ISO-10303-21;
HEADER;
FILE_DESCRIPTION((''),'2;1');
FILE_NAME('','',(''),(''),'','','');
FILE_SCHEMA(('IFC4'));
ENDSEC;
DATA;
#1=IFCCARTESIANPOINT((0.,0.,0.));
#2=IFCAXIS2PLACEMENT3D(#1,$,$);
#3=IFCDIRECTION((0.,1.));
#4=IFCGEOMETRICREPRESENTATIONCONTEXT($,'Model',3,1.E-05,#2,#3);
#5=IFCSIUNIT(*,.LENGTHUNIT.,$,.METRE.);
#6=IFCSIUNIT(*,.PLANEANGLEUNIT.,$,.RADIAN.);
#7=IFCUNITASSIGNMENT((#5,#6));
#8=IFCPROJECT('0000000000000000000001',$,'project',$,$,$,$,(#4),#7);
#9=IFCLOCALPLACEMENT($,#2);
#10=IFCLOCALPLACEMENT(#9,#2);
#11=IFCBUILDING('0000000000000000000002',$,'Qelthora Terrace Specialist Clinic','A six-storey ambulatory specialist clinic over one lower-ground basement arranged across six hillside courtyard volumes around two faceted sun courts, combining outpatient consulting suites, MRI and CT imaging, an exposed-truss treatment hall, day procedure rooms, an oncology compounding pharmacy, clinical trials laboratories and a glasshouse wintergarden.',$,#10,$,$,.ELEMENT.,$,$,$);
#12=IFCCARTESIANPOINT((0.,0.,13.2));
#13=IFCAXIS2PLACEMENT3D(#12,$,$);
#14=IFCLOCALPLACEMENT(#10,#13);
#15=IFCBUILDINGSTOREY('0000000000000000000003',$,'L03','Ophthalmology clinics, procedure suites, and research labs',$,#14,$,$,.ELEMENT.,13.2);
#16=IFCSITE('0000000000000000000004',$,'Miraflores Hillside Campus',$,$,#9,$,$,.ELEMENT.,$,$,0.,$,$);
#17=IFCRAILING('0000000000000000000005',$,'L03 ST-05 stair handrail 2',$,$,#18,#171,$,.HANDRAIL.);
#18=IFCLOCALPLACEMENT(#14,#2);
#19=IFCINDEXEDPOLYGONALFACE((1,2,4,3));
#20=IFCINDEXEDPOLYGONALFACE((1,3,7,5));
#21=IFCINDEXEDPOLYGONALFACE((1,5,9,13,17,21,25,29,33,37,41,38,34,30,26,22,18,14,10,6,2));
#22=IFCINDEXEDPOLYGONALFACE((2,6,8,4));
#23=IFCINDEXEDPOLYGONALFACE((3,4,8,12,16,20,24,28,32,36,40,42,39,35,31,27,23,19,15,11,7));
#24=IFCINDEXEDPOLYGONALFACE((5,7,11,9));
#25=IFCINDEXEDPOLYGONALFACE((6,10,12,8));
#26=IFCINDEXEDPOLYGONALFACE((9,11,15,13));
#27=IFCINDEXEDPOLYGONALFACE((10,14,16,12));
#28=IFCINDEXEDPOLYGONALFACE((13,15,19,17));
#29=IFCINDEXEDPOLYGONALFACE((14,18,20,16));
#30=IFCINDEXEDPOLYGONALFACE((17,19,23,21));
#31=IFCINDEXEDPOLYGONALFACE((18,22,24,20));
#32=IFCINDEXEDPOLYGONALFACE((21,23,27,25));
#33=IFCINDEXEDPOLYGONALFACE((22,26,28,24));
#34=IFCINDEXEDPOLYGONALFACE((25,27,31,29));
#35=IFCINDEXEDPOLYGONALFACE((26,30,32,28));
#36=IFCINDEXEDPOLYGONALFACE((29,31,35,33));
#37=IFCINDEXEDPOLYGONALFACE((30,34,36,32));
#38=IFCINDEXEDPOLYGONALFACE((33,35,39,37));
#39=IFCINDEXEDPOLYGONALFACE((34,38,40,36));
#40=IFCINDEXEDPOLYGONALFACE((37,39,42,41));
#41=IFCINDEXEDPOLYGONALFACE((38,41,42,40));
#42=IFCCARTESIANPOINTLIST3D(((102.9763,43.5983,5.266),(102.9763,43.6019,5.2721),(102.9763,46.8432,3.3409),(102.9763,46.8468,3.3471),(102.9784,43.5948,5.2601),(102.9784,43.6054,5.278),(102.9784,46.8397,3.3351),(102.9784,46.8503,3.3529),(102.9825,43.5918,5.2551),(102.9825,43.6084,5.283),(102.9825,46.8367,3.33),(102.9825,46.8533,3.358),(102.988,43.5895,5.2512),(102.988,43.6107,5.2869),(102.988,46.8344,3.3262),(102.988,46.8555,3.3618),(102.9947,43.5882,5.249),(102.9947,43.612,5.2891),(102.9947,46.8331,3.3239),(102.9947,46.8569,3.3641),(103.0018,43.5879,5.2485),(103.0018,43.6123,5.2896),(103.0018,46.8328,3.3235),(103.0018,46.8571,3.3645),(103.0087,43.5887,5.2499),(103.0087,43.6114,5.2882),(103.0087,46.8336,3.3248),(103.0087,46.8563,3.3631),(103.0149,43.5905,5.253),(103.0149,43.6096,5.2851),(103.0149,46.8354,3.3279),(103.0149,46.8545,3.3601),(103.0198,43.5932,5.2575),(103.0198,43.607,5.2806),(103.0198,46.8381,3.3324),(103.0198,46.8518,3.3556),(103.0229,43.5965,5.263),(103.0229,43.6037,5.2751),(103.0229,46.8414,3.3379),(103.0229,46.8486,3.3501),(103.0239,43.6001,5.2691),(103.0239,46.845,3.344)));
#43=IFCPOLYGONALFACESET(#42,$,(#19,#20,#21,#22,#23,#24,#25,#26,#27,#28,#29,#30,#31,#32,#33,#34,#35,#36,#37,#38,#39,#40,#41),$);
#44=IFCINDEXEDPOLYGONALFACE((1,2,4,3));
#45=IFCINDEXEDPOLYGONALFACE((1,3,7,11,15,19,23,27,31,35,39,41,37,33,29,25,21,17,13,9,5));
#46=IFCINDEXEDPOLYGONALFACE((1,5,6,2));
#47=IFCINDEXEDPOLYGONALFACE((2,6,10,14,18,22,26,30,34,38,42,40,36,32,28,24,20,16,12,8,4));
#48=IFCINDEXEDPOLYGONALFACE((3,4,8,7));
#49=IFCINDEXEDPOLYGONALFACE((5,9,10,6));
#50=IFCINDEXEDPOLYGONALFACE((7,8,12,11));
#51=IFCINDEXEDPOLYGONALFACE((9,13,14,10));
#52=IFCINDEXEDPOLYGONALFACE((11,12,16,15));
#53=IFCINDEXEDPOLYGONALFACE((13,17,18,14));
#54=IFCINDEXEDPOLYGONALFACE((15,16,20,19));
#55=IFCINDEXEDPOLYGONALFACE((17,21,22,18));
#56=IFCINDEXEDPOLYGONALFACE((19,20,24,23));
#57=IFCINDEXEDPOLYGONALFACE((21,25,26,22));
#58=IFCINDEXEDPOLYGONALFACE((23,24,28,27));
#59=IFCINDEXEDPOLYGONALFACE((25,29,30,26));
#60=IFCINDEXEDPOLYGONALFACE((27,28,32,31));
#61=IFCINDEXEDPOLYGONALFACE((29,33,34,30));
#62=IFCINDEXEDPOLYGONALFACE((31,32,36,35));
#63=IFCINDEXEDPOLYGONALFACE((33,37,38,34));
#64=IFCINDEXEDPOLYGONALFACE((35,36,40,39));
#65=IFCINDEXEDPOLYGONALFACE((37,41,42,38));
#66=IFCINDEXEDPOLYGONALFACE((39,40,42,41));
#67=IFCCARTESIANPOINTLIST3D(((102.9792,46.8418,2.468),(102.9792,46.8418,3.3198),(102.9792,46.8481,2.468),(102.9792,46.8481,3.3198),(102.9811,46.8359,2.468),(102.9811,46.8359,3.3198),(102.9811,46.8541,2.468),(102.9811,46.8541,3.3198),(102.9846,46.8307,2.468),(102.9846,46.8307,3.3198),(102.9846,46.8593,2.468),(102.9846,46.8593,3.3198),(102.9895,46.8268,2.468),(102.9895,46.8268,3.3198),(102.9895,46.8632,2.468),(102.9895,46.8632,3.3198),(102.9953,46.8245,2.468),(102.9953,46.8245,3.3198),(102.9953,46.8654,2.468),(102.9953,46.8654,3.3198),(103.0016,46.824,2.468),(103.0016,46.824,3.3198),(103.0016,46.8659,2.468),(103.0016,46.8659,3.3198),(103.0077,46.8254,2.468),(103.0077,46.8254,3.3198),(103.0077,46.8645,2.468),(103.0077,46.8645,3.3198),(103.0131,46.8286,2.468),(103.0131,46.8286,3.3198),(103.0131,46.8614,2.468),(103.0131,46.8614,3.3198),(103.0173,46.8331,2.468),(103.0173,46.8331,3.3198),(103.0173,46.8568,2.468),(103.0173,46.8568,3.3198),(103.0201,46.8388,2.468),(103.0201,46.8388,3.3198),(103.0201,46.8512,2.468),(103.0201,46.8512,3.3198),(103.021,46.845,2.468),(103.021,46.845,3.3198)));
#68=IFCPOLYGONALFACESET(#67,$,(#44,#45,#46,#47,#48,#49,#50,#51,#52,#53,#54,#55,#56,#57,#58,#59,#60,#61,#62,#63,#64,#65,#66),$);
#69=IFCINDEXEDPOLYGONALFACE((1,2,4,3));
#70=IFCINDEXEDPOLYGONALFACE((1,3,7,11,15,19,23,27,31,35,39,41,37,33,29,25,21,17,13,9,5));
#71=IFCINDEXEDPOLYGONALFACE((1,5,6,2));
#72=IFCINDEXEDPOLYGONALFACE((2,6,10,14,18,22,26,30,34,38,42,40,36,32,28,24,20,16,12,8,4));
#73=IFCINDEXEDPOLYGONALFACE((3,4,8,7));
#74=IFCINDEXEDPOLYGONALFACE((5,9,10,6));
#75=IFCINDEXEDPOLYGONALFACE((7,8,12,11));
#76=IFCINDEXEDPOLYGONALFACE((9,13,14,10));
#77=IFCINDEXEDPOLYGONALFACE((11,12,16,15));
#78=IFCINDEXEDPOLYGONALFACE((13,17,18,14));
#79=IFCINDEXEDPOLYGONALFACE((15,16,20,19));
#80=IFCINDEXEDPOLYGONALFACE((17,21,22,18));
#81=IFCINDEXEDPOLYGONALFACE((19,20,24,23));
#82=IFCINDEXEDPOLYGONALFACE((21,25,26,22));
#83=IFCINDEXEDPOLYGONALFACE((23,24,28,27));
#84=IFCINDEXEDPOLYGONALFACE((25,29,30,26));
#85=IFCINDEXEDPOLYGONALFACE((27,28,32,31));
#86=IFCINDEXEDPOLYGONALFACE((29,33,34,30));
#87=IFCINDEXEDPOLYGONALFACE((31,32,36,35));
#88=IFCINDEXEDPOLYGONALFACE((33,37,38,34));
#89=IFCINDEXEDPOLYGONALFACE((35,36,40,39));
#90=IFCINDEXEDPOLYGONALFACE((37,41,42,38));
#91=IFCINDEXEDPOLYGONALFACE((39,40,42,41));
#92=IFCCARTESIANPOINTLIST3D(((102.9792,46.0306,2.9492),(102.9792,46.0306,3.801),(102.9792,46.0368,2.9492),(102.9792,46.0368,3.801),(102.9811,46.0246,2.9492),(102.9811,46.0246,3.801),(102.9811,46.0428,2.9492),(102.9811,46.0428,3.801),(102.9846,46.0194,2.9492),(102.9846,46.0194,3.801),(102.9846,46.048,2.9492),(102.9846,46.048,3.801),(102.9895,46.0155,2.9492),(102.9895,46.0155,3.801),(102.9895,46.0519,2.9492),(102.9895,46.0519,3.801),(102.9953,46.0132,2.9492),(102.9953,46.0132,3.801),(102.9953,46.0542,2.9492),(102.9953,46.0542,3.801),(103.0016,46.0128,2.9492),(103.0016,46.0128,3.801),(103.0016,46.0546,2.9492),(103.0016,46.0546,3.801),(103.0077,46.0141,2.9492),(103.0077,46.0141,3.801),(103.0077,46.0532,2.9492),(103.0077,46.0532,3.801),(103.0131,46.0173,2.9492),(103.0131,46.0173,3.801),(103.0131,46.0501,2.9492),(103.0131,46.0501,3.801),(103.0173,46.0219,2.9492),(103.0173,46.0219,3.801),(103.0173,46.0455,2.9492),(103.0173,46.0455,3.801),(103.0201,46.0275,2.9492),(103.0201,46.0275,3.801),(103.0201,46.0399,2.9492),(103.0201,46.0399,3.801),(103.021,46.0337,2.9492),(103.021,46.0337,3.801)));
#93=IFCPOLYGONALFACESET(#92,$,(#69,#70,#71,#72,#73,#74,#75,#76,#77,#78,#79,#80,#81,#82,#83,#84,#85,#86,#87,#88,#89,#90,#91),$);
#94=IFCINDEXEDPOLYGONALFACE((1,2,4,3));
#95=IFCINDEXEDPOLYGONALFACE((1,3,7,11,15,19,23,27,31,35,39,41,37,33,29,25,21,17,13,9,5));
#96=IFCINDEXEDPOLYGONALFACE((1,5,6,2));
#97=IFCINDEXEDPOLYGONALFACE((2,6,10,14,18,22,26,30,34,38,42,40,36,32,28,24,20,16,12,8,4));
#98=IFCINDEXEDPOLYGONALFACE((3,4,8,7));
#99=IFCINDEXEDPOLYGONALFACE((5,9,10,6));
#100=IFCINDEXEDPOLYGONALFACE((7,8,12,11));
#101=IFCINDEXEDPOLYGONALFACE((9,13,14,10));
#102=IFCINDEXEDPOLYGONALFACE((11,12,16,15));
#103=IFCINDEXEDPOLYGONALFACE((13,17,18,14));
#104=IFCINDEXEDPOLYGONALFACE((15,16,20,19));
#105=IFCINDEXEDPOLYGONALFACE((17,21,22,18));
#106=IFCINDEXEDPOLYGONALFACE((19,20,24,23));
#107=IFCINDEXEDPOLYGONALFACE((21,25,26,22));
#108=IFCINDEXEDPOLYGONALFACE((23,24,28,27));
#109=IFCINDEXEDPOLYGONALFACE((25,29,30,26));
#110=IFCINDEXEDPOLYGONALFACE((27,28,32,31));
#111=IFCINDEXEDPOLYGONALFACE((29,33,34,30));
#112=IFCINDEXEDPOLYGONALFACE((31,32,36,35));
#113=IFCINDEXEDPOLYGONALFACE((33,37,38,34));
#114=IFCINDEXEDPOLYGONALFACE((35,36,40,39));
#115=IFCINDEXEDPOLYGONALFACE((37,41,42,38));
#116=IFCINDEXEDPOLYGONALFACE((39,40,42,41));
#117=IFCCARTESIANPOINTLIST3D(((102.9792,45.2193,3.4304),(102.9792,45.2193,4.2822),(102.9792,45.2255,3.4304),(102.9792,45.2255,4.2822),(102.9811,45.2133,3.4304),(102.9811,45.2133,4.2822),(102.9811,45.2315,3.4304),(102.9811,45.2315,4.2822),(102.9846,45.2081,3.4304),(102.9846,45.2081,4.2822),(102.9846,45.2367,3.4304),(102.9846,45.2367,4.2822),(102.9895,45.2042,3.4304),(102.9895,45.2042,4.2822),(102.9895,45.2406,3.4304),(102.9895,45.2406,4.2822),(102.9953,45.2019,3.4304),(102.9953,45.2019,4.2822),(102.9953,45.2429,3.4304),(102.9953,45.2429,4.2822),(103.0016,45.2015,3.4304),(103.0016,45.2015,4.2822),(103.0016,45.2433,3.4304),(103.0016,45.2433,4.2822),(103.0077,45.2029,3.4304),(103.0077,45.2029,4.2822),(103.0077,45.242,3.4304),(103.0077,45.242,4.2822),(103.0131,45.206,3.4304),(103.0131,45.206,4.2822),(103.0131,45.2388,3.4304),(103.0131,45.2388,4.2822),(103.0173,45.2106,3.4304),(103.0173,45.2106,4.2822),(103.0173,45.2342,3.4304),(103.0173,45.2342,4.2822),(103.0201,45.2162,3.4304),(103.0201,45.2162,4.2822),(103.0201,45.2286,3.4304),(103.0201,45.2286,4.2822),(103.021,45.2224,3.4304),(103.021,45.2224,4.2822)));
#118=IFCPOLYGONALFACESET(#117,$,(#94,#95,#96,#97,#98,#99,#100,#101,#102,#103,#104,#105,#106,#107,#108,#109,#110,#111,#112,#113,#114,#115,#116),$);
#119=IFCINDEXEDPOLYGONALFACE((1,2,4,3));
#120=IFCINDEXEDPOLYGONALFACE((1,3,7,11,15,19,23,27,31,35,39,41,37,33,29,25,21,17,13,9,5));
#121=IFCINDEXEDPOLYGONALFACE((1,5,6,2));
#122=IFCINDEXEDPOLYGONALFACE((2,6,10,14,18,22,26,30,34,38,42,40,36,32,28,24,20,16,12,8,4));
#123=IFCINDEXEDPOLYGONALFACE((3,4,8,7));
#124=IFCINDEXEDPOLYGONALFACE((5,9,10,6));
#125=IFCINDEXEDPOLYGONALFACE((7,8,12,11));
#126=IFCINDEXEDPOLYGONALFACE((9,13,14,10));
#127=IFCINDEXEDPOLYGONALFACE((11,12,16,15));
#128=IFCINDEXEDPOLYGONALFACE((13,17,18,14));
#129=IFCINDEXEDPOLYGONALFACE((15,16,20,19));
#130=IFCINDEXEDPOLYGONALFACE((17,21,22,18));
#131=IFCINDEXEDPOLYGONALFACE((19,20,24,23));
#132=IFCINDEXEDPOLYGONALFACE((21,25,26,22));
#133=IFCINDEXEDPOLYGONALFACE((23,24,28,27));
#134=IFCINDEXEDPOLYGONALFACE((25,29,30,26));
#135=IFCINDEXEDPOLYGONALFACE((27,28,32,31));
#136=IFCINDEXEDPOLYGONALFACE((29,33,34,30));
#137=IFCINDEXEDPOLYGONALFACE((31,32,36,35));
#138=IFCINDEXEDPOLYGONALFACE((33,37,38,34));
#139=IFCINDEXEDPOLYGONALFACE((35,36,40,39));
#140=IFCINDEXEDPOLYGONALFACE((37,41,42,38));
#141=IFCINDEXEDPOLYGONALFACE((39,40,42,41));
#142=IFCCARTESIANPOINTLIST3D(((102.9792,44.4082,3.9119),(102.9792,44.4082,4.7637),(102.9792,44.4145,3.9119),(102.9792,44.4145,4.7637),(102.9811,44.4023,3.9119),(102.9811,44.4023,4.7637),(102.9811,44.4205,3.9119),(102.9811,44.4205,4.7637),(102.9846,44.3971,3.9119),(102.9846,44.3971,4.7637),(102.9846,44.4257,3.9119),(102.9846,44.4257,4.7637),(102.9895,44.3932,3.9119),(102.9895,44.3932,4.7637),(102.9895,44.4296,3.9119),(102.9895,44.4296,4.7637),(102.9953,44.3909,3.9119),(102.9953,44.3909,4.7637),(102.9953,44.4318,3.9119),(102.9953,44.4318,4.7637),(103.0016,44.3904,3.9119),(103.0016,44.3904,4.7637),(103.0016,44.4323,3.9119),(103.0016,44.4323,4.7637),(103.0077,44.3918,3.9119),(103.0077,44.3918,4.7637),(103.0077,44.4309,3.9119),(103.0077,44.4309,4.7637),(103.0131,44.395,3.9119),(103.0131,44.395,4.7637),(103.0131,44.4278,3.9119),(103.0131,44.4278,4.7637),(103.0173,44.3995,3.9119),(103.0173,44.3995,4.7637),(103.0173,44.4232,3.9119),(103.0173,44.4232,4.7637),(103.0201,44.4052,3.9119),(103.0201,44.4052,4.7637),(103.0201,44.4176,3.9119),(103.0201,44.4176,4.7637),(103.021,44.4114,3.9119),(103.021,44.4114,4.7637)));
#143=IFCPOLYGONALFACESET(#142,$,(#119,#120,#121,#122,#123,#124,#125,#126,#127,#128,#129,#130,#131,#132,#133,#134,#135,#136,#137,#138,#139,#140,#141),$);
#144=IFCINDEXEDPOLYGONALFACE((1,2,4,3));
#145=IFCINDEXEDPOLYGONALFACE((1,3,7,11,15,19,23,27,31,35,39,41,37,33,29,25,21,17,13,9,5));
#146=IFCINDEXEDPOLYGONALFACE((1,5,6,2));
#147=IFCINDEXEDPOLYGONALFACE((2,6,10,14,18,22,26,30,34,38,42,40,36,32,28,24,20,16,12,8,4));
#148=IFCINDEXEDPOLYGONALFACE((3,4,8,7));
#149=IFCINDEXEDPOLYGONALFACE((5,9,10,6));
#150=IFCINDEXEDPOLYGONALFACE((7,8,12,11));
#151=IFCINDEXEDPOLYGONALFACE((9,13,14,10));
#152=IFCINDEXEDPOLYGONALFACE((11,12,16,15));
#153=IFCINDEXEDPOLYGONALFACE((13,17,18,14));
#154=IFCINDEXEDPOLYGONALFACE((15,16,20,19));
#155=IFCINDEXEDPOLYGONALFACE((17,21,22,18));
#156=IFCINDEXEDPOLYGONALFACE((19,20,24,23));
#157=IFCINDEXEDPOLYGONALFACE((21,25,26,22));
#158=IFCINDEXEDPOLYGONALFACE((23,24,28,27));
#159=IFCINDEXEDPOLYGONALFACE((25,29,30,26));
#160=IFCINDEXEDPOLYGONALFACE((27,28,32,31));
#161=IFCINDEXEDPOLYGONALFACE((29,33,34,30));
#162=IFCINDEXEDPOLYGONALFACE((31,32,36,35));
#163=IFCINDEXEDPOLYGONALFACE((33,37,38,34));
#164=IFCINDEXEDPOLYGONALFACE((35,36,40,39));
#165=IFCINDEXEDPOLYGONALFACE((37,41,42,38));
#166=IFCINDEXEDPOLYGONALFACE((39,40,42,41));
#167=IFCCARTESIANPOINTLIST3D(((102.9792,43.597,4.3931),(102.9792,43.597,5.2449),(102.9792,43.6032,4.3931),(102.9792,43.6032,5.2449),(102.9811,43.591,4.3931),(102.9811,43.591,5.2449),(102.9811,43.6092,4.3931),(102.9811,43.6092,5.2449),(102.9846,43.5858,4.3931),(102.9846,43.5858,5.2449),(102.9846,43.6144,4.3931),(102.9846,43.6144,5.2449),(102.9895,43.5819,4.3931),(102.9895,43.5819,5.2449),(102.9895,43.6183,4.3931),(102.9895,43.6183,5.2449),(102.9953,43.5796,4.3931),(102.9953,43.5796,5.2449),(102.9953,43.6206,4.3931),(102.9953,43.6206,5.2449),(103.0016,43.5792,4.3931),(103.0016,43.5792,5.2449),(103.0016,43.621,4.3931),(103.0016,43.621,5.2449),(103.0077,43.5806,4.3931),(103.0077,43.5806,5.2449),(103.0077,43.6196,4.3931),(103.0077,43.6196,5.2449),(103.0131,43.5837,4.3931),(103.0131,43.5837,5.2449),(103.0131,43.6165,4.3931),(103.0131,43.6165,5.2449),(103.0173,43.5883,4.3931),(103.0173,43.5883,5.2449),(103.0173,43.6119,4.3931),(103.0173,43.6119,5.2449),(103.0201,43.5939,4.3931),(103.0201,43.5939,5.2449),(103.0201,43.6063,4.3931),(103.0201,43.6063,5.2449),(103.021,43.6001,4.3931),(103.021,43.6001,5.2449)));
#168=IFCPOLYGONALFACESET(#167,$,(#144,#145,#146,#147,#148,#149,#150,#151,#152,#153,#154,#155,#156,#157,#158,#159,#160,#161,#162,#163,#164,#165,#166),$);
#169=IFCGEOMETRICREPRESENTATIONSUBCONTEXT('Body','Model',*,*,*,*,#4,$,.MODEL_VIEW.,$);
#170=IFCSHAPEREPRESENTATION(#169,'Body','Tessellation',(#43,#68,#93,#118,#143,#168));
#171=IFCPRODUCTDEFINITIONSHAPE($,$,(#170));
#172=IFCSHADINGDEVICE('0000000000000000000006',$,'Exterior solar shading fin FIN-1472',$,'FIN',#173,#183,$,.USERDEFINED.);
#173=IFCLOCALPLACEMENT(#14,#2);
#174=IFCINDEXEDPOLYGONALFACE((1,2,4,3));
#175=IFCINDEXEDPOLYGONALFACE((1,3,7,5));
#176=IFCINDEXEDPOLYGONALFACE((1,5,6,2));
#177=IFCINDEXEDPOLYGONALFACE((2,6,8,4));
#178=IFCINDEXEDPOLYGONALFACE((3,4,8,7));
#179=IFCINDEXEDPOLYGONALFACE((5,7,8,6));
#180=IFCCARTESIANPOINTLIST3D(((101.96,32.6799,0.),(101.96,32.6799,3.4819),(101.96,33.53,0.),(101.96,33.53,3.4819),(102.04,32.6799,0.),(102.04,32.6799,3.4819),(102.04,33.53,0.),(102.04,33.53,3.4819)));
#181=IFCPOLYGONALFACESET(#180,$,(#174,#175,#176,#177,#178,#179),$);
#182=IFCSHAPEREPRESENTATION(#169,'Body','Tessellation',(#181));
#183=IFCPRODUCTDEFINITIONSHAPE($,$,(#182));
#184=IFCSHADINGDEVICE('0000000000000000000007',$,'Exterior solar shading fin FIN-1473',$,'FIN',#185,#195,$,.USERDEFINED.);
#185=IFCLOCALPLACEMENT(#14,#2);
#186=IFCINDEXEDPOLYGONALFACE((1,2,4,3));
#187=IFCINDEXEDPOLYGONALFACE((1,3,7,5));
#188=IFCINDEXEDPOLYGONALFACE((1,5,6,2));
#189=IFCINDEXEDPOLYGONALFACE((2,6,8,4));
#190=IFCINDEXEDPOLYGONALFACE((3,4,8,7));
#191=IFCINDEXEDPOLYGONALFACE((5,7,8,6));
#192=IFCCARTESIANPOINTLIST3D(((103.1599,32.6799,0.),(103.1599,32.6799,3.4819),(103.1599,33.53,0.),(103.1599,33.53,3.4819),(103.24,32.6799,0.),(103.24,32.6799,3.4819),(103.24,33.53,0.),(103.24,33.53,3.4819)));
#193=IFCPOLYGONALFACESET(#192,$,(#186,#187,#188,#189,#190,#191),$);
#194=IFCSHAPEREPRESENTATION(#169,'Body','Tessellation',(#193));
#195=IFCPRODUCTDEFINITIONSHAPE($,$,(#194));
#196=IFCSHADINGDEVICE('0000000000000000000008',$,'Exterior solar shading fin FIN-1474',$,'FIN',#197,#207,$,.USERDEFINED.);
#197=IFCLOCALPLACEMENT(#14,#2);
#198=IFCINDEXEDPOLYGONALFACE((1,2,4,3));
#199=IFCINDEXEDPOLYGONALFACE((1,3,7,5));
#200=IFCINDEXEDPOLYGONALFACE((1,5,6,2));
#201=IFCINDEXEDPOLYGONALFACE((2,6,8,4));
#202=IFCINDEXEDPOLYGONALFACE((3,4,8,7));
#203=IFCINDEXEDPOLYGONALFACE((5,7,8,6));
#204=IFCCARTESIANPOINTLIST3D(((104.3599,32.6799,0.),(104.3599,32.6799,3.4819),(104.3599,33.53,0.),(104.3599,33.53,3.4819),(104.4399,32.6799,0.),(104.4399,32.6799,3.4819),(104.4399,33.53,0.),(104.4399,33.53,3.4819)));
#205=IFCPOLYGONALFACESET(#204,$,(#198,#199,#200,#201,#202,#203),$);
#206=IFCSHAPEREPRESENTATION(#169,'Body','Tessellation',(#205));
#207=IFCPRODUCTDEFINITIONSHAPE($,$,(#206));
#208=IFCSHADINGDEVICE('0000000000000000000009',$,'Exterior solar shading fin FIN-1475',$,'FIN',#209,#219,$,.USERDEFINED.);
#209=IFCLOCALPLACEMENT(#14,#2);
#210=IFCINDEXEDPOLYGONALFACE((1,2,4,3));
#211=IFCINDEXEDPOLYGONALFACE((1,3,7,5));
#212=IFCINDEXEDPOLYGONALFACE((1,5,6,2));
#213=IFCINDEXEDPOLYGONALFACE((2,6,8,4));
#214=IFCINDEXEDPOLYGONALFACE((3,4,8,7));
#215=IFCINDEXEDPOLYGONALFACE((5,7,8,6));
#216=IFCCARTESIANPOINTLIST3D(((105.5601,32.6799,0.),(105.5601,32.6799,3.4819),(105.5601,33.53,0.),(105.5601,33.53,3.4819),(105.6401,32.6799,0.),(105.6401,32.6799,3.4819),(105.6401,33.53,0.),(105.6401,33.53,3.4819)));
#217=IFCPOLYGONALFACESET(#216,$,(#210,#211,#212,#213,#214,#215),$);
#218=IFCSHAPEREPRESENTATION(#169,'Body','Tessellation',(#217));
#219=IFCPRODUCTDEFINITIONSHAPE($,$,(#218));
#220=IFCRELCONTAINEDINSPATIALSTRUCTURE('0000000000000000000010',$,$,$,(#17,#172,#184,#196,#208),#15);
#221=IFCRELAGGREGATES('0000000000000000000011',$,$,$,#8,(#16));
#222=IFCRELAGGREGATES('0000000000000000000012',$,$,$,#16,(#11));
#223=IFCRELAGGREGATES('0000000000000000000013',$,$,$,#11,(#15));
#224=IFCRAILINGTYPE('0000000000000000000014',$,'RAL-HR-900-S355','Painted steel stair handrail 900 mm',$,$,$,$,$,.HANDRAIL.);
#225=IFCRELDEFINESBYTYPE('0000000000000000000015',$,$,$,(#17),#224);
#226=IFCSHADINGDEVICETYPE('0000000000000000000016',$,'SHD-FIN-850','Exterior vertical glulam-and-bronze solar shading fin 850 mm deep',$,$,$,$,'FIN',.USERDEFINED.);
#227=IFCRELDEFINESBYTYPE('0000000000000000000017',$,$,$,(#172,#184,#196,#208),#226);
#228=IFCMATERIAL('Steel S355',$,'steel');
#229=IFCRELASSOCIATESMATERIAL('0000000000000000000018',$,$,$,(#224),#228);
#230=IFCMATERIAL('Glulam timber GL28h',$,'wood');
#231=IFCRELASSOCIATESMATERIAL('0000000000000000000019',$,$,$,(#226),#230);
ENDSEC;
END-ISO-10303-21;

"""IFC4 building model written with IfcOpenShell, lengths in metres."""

from ifc_helpers import new_model, si_unit, direction, frame, origin, origin_2d, place, context, subcontext, project, spatial, rectangle, circle, extrude, material, type_object, element, save


model = new_model("IFC4")

# Units and contexts
model_context = context("Model", 3, precision=1e-05, world=origin(), true_north=direction((0.0, 1.0)))
body_context = subcontext(model_context, "Body", "Model", "MODEL_VIEW")
ifc_project = project(units=[si_unit("LENGTHUNIT", "METRE"), si_unit("PLANEANGLEUNIT", "RADIAN")], contexts=[model_context])

# Site, building, storey
site_placement = place(None, origin())
site = spatial("IfcSite", under=ifc_project, at=site_placement, Name="Miraflores Hillside Campus", CompositionType="ELEMENT", RefElevation=0.0)
building_placement = place(site_placement, origin())
building = spatial("IfcBuilding", under=site, at=building_placement, Name="Qelthora Terrace Specialist Clinic", Description="A six-storey ambulatory specialist clinic over one lower-ground basement arranged across six hillside courtyard volumes around two faceted sun courts, combining outpatient consulting suites, MRI and CT imaging, an exposed-truss treatment hall, day procedure rooms, an oncology compounding pharmacy, clinical trials laboratories and a glasshouse wintergarden.", CompositionType="ELEMENT")
storey_placement = place(building_placement, frame((0.0, 0.0, 13.2)))
storey = spatial("IfcBuildingStorey", under=building, at=storey_placement, Name="L03", Description="Ophthalmology clinics, procedure suites, and research labs", CompositionType="ELEMENT", Elevation=13.2)

# Shared definitions
ifc_material_1 = material(Name="Steel S355", Category="steel")

# Railing
railing_type_1 = type_object("IfcRailingType", Name="RAL-HR-900-S355", Description="Painted steel stair handrail 900 mm", PredefinedType="HANDRAIL", material=ifc_material_1)
railing_1_placement = place(storey_placement, frame((103.0, 46.845, 2.468)))
element("IfcRailing", 1, at=railing_1_placement, inside=storey, type_object=railing_type_1, Name="L03 ST-05 stair handrail 2", PredefinedType="HANDRAIL", context=body_context, shape_type="SweptSolid", body=[
    extrude(circle(Radius=0.0239, at=origin_2d()), frame((0.0, 0.0, 0.876), z_axis=(0.0, -0.86004, 0.510226), x_axis=(1.0, 0.0, 0.0)), (0.0, 0.0, 1.0), 3.7729),
    extrude(circle(Radius=0.021, at=origin_2d()), origin(), (0.0, 0.0, 1.0), 0.8518),
    extrude(circle(Radius=0.021, at=origin_2d()), frame((0.0, -0.8113, 0.4812)), (0.0, 0.0, 1.0), 0.8518),
    extrude(circle(Radius=0.021, at=origin_2d()), frame((0.0, -1.6226, 0.9624)), (0.0, 0.0, 1.0), 0.8518),
    extrude(circle(Radius=0.021, at=origin_2d()), frame((0.0, -2.4336, 1.4438)), (0.0, 0.0, 1.0), 0.8518),
    extrude(circle(Radius=0.021, at=origin_2d()), frame((0.0, -3.2449, 1.925)), (0.0, 0.0, 1.0), 0.8518),
])

# Shading devices
ifc_material_2 = material(Name="Glulam timber GL28h", Category="wood")
shading_device_type = type_object("IfcShadingDeviceType", Name="SHD-FIN-850", Description="Exterior vertical glulam-and-bronze solar shading fin 850 mm deep", ElementType="FIN", PredefinedType="USERDEFINED", material=ifc_material_2)
for number, where, z_axis, x_axis, name in (
    (2, (102.0, 33.105, 0.0), (0.0, 0.0, 1.0), (0.0, -1.0, 0.0), "Exterior solar shading fin FIN-1472"),
    (3, (103.2, 33.105, 0.0), (0.0, 0.0, 1.0), (0.0, -1.0, 0.0), "Exterior solar shading fin FIN-1473"),
    (4, (104.3999, 33.105, 0.0), (0.0, 0.0, 1.0), (0.0, -1.0, 0.0), "Exterior solar shading fin FIN-1474"),
    (5, (105.6001, 33.105, 0.0), (0.0, 0.0, 1.0), (0.0, -1.0, 0.0), "Exterior solar shading fin FIN-1475"),
):
    element("IfcShadingDevice", number, at=place(storey_placement, frame(where, z_axis=z_axis, x_axis=x_axis)), inside=storey, type_object=shading_device_type, Name=name, ObjectType="FIN", PredefinedType="USERDEFINED", context=body_context, shape_type="SweptSolid", body=[
        extrude(rectangle(XDim=0.8501, YDim=0.0801, at=origin_2d()), origin(), (0.0, 0.0, 1.0), 3.4819),
    ])

save(model, "model.ifc")
